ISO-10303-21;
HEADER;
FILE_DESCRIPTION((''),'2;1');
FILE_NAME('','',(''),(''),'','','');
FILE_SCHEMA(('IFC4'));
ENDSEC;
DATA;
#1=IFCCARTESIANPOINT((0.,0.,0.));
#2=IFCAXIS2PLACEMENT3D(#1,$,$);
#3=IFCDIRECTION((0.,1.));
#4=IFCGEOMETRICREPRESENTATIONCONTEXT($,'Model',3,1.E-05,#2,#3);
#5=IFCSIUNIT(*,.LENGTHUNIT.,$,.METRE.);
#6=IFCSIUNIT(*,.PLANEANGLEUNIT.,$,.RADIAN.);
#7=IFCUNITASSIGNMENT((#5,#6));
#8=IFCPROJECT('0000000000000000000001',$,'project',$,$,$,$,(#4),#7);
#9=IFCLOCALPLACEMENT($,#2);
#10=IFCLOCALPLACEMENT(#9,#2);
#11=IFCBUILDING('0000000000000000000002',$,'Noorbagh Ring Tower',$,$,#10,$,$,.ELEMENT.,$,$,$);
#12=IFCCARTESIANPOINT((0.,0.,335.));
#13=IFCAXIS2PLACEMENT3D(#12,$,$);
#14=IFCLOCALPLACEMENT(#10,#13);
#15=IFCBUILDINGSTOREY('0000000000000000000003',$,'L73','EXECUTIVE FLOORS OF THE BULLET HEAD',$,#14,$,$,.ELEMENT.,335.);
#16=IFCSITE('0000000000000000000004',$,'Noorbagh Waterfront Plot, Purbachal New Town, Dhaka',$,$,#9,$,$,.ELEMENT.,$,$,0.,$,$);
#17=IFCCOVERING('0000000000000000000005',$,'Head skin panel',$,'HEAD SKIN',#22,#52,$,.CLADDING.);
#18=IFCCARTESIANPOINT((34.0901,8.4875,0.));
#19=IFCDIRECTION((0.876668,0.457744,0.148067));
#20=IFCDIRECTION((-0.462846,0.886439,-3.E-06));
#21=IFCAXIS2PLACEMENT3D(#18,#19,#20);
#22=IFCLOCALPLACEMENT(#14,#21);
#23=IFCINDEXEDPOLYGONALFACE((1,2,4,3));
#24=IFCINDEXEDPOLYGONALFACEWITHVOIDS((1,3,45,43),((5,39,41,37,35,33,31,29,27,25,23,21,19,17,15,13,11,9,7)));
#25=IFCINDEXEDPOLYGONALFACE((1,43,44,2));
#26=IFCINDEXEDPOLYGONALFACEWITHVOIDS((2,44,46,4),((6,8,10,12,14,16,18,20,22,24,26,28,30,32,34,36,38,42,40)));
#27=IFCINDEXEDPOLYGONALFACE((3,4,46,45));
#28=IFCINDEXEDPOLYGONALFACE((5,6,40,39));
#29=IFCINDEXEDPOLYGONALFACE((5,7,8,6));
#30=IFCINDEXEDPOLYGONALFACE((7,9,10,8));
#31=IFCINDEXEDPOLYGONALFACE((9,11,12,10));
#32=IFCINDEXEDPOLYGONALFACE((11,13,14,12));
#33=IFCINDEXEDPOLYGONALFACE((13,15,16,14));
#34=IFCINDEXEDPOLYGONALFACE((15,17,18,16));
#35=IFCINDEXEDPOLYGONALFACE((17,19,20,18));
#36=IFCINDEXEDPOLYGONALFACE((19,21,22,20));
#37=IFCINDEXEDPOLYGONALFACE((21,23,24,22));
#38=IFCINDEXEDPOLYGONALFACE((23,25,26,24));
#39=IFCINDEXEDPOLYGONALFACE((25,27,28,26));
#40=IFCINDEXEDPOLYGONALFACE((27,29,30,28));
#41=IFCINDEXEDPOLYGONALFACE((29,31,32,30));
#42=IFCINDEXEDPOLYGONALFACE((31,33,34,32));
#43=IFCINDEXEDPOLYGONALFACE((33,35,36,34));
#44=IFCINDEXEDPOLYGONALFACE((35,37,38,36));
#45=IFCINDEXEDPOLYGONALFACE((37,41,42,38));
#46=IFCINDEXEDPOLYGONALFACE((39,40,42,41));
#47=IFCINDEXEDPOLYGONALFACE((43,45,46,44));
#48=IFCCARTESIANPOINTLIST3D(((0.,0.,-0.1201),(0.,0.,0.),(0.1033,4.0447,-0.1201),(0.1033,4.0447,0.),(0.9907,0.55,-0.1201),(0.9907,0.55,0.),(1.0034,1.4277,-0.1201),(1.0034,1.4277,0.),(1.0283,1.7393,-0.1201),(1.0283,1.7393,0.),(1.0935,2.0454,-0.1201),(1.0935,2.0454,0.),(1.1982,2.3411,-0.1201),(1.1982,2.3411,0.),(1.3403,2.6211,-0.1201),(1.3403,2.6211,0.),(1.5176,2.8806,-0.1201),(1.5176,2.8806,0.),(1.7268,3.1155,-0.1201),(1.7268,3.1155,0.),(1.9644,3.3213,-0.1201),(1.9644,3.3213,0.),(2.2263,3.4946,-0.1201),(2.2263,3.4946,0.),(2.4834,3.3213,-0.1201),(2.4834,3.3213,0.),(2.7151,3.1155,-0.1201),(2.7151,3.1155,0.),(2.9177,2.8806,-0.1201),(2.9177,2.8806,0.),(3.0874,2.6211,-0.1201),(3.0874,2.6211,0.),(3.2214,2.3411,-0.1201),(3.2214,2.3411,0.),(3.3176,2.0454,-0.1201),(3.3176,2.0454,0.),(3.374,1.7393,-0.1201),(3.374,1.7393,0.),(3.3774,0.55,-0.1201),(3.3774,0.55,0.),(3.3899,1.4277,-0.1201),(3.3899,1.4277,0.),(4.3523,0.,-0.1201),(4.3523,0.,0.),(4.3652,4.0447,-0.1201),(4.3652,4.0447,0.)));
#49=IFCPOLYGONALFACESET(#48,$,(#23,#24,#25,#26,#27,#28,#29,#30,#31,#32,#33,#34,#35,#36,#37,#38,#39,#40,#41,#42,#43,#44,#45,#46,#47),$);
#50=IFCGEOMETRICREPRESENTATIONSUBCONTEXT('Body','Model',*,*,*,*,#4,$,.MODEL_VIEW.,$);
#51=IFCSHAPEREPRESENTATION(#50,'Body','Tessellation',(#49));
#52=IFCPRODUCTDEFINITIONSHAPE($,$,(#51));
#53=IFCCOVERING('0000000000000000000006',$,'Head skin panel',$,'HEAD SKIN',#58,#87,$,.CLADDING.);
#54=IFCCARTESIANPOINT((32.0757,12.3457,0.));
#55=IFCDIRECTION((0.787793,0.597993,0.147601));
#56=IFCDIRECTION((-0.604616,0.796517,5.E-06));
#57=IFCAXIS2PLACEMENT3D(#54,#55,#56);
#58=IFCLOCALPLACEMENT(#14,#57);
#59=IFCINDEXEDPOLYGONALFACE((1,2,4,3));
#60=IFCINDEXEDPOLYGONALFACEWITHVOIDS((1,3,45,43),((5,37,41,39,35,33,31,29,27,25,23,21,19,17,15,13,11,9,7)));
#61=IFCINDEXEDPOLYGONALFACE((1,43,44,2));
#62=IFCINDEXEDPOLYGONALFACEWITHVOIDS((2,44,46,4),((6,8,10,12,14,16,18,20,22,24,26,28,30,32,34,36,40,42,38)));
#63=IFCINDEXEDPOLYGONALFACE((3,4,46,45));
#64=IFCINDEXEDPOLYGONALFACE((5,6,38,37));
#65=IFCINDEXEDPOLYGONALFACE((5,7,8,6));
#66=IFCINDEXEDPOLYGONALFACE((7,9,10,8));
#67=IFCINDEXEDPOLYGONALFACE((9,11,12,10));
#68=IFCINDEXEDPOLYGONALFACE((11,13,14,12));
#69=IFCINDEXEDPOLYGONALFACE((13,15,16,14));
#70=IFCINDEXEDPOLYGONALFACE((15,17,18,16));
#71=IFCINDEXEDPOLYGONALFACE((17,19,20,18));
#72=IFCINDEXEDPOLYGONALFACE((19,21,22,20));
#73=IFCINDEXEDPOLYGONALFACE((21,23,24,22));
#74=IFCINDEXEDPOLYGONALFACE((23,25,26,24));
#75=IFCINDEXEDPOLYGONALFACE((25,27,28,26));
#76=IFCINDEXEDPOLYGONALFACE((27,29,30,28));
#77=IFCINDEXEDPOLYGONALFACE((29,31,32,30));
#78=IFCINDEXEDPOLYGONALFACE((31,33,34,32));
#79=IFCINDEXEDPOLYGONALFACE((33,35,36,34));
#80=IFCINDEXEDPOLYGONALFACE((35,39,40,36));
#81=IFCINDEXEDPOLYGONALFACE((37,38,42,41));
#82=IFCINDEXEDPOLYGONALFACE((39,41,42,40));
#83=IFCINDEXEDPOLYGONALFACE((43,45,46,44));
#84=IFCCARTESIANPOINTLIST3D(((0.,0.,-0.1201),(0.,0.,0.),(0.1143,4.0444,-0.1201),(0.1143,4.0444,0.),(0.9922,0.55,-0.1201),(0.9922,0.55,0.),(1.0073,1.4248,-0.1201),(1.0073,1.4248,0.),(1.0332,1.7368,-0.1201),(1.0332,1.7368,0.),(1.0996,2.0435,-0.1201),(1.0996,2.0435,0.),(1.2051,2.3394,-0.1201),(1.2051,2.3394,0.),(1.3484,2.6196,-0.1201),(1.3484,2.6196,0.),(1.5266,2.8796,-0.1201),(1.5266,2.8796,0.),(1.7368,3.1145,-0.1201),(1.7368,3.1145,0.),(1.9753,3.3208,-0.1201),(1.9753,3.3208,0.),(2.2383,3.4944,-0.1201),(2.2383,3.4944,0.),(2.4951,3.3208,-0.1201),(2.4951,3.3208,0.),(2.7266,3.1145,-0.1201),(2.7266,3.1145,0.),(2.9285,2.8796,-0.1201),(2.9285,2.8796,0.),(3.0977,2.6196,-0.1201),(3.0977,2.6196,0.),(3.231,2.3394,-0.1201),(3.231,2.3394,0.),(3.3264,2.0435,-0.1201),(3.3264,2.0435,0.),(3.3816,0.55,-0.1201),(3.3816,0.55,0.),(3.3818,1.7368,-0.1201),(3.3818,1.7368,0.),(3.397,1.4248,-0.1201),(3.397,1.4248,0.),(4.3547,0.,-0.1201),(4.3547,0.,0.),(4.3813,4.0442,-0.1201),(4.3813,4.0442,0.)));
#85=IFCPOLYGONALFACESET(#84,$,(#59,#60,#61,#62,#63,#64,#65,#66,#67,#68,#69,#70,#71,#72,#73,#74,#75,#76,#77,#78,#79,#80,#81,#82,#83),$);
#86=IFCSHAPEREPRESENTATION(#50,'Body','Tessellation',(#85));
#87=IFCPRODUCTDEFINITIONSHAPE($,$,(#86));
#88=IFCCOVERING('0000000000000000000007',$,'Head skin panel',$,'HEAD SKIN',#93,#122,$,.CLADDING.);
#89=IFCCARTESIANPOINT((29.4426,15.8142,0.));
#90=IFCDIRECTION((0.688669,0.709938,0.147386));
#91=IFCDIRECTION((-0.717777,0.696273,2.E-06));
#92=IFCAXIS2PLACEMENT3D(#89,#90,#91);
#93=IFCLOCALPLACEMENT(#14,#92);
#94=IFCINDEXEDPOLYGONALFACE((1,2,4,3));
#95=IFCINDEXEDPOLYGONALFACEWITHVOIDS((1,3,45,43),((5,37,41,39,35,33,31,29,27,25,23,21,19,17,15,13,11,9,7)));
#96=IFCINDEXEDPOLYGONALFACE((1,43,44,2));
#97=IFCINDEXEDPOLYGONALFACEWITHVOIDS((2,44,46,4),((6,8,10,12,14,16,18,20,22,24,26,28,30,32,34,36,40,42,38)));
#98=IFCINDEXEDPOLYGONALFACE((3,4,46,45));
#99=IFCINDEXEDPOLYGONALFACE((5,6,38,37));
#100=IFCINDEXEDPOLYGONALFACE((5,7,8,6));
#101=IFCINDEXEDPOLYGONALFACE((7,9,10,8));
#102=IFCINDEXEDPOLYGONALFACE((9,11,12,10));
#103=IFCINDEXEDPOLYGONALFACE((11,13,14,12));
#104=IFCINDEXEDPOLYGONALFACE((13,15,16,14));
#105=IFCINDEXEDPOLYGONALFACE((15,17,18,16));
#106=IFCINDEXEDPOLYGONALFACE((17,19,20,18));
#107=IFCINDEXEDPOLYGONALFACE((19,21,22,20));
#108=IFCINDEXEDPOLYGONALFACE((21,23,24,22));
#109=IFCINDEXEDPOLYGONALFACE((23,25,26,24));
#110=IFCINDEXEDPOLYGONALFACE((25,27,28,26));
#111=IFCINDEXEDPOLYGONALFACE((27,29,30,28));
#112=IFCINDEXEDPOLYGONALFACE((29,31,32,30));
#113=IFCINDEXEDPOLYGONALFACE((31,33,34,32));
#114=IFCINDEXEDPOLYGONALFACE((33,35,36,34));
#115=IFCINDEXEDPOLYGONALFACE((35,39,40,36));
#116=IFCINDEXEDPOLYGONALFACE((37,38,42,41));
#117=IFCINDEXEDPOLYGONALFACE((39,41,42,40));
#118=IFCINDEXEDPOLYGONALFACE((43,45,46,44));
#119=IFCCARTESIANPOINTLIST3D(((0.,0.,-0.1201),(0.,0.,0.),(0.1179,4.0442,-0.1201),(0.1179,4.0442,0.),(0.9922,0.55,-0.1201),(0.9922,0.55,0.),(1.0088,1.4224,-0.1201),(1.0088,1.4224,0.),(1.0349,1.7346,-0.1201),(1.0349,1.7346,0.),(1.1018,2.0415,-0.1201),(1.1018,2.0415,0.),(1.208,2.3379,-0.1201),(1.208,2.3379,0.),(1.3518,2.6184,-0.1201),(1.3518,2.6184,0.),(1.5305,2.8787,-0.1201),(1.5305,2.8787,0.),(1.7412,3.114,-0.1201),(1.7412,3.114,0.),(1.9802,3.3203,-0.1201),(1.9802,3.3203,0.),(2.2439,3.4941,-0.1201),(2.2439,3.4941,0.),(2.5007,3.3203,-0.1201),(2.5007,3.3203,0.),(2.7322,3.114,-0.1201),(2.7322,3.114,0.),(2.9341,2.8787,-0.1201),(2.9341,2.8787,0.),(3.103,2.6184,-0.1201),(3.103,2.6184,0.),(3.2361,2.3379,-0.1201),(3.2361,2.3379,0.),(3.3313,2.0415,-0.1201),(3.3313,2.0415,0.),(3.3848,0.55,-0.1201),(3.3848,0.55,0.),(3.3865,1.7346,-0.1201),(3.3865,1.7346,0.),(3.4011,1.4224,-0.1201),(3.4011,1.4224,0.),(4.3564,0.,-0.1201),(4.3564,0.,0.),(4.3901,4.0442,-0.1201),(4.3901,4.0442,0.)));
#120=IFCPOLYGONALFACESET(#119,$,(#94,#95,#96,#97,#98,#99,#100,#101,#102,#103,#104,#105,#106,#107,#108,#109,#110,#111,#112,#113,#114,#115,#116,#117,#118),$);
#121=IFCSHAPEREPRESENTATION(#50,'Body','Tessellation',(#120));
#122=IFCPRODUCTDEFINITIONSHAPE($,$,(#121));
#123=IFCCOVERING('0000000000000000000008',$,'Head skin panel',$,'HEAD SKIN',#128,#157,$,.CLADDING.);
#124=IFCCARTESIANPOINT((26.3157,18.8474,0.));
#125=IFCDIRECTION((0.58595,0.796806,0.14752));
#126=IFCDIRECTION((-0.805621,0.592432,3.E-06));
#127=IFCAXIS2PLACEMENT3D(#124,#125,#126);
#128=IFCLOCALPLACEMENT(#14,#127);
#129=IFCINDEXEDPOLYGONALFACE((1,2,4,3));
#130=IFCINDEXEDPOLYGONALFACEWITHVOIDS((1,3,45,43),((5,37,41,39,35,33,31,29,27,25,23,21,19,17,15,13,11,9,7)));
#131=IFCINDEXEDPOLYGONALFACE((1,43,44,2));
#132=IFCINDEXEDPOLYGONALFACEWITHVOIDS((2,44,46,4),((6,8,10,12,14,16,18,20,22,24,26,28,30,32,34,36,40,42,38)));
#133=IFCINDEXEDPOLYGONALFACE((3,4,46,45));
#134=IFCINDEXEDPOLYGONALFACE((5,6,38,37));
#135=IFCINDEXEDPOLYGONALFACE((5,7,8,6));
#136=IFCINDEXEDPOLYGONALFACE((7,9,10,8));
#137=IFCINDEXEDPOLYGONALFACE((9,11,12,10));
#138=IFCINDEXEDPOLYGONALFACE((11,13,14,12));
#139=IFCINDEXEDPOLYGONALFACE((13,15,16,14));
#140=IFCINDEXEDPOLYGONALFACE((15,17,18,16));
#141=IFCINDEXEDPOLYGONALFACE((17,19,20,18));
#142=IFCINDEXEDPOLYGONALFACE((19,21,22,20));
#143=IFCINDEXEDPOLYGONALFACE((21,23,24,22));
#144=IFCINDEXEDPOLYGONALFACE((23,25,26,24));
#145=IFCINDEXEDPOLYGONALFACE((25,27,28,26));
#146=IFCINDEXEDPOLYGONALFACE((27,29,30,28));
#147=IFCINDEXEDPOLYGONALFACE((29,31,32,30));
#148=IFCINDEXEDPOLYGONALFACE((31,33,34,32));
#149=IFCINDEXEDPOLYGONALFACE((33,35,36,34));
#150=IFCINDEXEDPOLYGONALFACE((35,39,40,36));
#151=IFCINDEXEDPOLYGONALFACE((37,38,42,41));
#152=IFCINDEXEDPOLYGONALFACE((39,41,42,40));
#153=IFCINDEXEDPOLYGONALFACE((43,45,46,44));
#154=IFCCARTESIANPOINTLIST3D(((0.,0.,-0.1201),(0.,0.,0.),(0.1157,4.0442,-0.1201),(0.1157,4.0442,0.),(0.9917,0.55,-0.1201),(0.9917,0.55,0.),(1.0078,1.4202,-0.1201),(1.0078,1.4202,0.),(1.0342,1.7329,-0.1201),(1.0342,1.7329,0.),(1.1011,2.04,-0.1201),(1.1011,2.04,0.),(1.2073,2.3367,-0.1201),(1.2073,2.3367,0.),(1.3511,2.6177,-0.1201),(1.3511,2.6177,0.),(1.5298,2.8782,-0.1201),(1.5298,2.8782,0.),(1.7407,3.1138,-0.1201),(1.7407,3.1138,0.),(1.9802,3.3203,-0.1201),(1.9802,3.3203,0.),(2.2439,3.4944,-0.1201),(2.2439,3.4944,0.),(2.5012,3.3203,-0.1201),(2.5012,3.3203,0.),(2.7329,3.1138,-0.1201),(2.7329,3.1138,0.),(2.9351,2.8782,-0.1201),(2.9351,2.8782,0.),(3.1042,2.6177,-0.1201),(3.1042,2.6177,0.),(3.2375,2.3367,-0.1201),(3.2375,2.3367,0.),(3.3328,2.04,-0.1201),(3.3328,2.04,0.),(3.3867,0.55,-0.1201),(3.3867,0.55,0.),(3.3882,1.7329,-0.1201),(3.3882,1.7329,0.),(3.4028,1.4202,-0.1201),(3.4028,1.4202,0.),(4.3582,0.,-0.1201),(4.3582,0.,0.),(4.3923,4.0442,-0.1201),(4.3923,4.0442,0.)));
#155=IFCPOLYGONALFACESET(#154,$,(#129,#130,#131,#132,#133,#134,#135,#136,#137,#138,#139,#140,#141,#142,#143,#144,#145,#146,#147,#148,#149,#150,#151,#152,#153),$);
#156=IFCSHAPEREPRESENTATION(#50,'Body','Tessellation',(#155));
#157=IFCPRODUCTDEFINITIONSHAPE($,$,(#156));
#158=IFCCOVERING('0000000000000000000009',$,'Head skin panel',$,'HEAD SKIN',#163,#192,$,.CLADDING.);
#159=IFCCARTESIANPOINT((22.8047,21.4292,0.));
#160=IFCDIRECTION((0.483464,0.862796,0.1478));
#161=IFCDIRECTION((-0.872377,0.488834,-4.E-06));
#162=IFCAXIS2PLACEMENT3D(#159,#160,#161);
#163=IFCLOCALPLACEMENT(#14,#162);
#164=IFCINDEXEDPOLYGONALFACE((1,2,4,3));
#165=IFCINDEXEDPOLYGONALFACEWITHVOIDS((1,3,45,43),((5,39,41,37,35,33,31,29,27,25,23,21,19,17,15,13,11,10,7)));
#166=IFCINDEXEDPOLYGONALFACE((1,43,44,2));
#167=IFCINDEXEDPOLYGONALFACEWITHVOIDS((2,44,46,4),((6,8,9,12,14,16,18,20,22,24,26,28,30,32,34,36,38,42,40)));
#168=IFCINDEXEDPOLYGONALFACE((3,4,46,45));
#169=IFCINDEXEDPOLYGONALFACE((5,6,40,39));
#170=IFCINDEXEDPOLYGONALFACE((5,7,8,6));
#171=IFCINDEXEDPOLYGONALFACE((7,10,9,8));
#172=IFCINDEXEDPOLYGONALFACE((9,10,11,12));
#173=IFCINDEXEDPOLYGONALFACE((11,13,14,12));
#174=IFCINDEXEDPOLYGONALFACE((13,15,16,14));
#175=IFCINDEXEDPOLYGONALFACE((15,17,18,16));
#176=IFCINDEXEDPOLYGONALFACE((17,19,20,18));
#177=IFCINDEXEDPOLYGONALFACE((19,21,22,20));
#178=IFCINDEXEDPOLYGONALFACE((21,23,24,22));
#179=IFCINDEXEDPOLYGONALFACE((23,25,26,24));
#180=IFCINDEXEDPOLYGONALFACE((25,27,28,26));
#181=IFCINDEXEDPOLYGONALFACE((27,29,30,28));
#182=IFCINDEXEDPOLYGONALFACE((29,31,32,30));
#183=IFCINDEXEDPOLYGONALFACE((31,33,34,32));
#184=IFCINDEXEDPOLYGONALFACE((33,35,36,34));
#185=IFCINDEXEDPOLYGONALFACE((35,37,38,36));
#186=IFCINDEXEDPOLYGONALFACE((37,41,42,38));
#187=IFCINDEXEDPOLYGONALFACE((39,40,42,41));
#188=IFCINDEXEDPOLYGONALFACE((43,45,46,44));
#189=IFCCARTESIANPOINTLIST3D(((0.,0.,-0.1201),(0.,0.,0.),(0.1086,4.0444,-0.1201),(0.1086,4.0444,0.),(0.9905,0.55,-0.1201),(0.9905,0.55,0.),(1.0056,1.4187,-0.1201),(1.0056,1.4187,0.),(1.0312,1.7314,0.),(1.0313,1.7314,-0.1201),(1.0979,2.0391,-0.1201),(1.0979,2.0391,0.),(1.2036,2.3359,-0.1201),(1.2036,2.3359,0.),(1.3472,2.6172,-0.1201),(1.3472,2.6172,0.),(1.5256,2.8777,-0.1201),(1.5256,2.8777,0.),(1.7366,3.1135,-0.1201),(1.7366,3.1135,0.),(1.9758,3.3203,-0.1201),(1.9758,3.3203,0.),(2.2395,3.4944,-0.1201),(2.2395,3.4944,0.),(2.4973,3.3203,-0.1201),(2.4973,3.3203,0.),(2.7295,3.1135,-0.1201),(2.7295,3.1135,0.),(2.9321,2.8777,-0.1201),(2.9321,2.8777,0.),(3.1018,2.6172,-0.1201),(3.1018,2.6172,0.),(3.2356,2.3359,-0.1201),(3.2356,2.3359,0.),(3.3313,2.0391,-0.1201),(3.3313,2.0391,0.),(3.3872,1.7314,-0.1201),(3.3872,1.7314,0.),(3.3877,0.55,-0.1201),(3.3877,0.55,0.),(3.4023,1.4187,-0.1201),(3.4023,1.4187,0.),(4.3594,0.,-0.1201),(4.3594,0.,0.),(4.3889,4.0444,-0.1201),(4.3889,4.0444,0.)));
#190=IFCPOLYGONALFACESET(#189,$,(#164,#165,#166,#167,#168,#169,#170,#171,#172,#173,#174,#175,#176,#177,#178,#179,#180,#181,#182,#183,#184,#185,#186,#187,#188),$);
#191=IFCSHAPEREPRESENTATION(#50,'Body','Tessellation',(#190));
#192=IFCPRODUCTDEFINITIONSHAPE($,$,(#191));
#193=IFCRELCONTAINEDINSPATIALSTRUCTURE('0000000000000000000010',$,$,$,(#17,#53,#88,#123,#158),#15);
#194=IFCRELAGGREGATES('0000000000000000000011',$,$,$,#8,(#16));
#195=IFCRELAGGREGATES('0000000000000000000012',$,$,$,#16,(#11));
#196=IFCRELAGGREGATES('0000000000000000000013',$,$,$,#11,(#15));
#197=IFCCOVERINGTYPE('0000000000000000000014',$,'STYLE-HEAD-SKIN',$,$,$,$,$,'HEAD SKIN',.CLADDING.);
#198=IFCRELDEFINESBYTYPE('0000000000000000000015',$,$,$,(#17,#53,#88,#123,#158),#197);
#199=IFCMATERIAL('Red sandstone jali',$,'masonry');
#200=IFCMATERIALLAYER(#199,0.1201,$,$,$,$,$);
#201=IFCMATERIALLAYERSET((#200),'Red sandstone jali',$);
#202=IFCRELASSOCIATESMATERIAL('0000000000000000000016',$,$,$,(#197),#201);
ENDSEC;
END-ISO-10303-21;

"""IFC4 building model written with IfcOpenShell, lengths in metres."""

from ifc_helpers import new_model, si_unit, direction, frame, origin, place, context, subcontext, project, spatial, polyline, outline, extrude, material, layer, layer_set, type_object, element, save


model = new_model("IFC4")

# Units and contexts
model_context = context("Model", 3, precision=1e-05, world=origin(), true_north=direction((0.0, 1.0)))
body_context = subcontext(model_context, "Body", "Model", "MODEL_VIEW")
ifc_project = project(units=[si_unit("LENGTHUNIT", "METRE"), si_unit("PLANEANGLEUNIT", "RADIAN")], contexts=[model_context])

# Site, building, storey
site_placement = place(None, origin())
site = spatial("IfcSite", under=ifc_project, at=site_placement, Name="Noorbagh Waterfront Plot, Purbachal New Town, Dhaka", CompositionType="ELEMENT", RefElevation=0.0)
building_placement = place(site_placement, origin())
building = spatial("IfcBuilding", under=site, at=building_placement, Name="Noorbagh Ring Tower", CompositionType="ELEMENT")
storey_placement = place(building_placement, frame((0.0, 0.0, 335.0)))
storey = spatial("IfcBuildingStorey", under=building, at=storey_placement, Name="L73", Description="EXECUTIVE FLOORS OF THE BULLET HEAD", CompositionType="ELEMENT", Elevation=335.0)

# Coverings
ifc_material_1 = material(Name="Red sandstone jali", Category="masonry")
ifc_layer_1 = layer(ifc_material_1, 0.1201)
ifc_layer_set_1 = layer_set([ifc_layer_1], Name="Red sandstone jali")
covering_type_1 = type_object("IfcCoveringType", Name="STYLE-HEAD-SKIN", ElementType="HEAD SKIN", PredefinedType="CLADDING", material=ifc_layer_set_1)
covering_1_placement = place(storey_placement, frame((34.0901, 8.4875, 0.0), z_axis=(0.876668, 0.457744, 0.148067), x_axis=(-0.462846, 0.886439, -0.000003)))
element("IfcCovering", 1, at=covering_1_placement, inside=storey, type_object=covering_type_1, Name="Head skin panel", ObjectType="HEAD SKIN", PredefinedType="CLADDING", context=body_context, shape_type="SweptSolid", body=[
    extrude(outline(polyline([(0.0, 0.0), (4.3523, 0.0), (4.3652, 4.0447), (0.1033, 4.0447), (0.0, 0.0)]), holes=[polyline([(0.9907, 0.55), (1.0034, 1.4277), (1.0283, 1.7393), (1.0935, 2.0454), (1.1982, 2.3411), (1.3403, 2.6211), (1.5176, 2.8806), (1.7268, 3.1155), (1.9644, 3.3213), (2.2263, 3.4946), (2.4834, 3.3213), (2.7151, 3.1155), (2.9177, 2.8806), (3.0874, 2.6211), (3.2214, 2.3411), (3.3176, 2.0454), (3.374, 1.7393), (3.3899, 1.4277), (3.3774, 0.55), (0.9907, 0.55)])]), origin(), (0.0, 0.0, -1.0), 0.1201),
])
covering_2_placement = place(storey_placement, frame((32.0757, 12.3457, 0.0), z_axis=(0.787793, 0.597993, 0.147601), x_axis=(-0.604616, 0.796517, 0.000005)))
element("IfcCovering", 2, at=covering_2_placement, inside=storey, type_object=covering_type_1, Name="Head skin panel", ObjectType="HEAD SKIN", PredefinedType="CLADDING", context=body_context, shape_type="SweptSolid", body=[
    extrude(outline(polyline([(0.0, 0.0), (4.3547, 0.0), (4.3813, 4.0442), (0.1143, 4.0444), (0.0, 0.0)]), holes=[polyline([(0.9922, 0.55), (1.0073, 1.4248), (1.0332, 1.7368), (1.0996, 2.0435), (1.2051, 2.3394), (1.3484, 2.6196), (1.5266, 2.8796), (1.7368, 3.1145), (1.9753, 3.3208), (2.2383, 3.4944), (2.4951, 3.3208), (2.7266, 3.1145), (2.9285, 2.8796), (3.0977, 2.6196), (3.231, 2.3394), (3.3264, 2.0435), (3.3818, 1.7368), (3.397, 1.4248), (3.3816, 0.55), (0.9922, 0.55)])]), origin(), (0.0, 0.0, -1.0), 0.1201),
])
covering_3_placement = place(storey_placement, frame((29.4426, 15.8142, 0.0), z_axis=(0.688669, 0.709938, 0.147386), x_axis=(-0.717777, 0.696273, 0.000002)))
element("IfcCovering", 3, at=covering_3_placement, inside=storey, type_object=covering_type_1, Name="Head skin panel", ObjectType="HEAD SKIN", PredefinedType="CLADDING", context=body_context, shape_type="SweptSolid", body=[
    extrude(outline(polyline([(0.0, 0.0), (4.3564, 0.0), (4.3901, 4.0442), (0.1179, 4.0442), (0.0, 0.0)]), holes=[polyline([(0.9922, 0.55), (1.0088, 1.4224), (1.0349, 1.7346), (1.1018, 2.0415), (1.208, 2.3379), (1.3518, 2.6184), (1.5305, 2.8787), (1.7412, 3.114), (1.9802, 3.3203), (2.2439, 3.4941), (2.5007, 3.3203), (2.7322, 3.114), (2.9341, 2.8787), (3.103, 2.6184), (3.2361, 2.3379), (3.3313, 2.0415), (3.3865, 1.7346), (3.4011, 1.4224), (3.3848, 0.55), (0.9922, 0.55)])]), origin(), (0.0, 0.0, -1.0), 0.1201),
])
covering_4_placement = place(storey_placement, frame((26.3157, 18.8474, 0.0), z_axis=(0.58595, 0.796806, 0.14752), x_axis=(-0.805621, 0.592432, 0.000003)))
element("IfcCovering", 4, at=covering_4_placement, inside=storey, type_object=covering_type_1, Name="Head skin panel", ObjectType="HEAD SKIN", PredefinedType="CLADDING", context=body_context, shape_type="SweptSolid", body=[
    extrude(outline(polyline([(0.0, 0.0), (4.3582, 0.0), (4.3923, 4.0442), (0.1157, 4.0442), (0.0, 0.0)]), holes=[polyline([(0.9917, 0.55), (1.0078, 1.4202), (1.0342, 1.7329), (1.1011, 2.04), (1.2073, 2.3367), (1.3511, 2.6177), (1.5298, 2.8782), (1.7407, 3.1138), (1.9802, 3.3203), (2.2439, 3.4944), (2.5012, 3.3203), (2.7329, 3.1138), (2.9351, 2.8782), (3.1042, 2.6177), (3.2375, 2.3367), (3.3328, 2.04), (3.3882, 1.7329), (3.4028, 1.4202), (3.3867, 0.55), (0.9917, 0.55)])]), origin(), (0.0, 0.0, -1.0), 0.1201),
])
covering_5_placement = place(storey_placement, frame((22.8047, 21.4292, 0.0), z_axis=(0.483464, 0.862796, 0.1478), x_axis=(-0.872377, 0.488834, -0.000004)))
element("IfcCovering", 5, at=covering_5_placement, inside=storey, type_object=covering_type_1, Name="Head skin panel", ObjectType="HEAD SKIN", PredefinedType="CLADDING", context=body_context, shape_type="SweptSolid", body=[
    extrude(outline(polyline([(0.0, 0.0), (4.3594, 0.0), (4.3889, 4.0444), (0.1086, 4.0444), (0.0, 0.0)]), holes=[polyline([(0.9905, 0.55), (1.0056, 1.4187), (1.0312, 1.7314), (1.0979, 2.0391), (1.2036, 2.3359), (1.3472, 2.6172), (1.5256, 2.8777), (1.7366, 3.1135), (1.9758, 3.3203), (2.2395, 3.4944), (2.4973, 3.3203), (2.7295, 3.1135), (2.9321, 2.8777), (3.1018, 2.6172), (3.2356, 2.3359), (3.3313, 2.0391), (3.3872, 1.7314), (3.4023, 1.4187), (3.3877, 0.55), (0.9905, 0.55)])]), origin(), (0.0, 0.0, -1.0), 0.1201),
])

save(model, "model.ifc")
